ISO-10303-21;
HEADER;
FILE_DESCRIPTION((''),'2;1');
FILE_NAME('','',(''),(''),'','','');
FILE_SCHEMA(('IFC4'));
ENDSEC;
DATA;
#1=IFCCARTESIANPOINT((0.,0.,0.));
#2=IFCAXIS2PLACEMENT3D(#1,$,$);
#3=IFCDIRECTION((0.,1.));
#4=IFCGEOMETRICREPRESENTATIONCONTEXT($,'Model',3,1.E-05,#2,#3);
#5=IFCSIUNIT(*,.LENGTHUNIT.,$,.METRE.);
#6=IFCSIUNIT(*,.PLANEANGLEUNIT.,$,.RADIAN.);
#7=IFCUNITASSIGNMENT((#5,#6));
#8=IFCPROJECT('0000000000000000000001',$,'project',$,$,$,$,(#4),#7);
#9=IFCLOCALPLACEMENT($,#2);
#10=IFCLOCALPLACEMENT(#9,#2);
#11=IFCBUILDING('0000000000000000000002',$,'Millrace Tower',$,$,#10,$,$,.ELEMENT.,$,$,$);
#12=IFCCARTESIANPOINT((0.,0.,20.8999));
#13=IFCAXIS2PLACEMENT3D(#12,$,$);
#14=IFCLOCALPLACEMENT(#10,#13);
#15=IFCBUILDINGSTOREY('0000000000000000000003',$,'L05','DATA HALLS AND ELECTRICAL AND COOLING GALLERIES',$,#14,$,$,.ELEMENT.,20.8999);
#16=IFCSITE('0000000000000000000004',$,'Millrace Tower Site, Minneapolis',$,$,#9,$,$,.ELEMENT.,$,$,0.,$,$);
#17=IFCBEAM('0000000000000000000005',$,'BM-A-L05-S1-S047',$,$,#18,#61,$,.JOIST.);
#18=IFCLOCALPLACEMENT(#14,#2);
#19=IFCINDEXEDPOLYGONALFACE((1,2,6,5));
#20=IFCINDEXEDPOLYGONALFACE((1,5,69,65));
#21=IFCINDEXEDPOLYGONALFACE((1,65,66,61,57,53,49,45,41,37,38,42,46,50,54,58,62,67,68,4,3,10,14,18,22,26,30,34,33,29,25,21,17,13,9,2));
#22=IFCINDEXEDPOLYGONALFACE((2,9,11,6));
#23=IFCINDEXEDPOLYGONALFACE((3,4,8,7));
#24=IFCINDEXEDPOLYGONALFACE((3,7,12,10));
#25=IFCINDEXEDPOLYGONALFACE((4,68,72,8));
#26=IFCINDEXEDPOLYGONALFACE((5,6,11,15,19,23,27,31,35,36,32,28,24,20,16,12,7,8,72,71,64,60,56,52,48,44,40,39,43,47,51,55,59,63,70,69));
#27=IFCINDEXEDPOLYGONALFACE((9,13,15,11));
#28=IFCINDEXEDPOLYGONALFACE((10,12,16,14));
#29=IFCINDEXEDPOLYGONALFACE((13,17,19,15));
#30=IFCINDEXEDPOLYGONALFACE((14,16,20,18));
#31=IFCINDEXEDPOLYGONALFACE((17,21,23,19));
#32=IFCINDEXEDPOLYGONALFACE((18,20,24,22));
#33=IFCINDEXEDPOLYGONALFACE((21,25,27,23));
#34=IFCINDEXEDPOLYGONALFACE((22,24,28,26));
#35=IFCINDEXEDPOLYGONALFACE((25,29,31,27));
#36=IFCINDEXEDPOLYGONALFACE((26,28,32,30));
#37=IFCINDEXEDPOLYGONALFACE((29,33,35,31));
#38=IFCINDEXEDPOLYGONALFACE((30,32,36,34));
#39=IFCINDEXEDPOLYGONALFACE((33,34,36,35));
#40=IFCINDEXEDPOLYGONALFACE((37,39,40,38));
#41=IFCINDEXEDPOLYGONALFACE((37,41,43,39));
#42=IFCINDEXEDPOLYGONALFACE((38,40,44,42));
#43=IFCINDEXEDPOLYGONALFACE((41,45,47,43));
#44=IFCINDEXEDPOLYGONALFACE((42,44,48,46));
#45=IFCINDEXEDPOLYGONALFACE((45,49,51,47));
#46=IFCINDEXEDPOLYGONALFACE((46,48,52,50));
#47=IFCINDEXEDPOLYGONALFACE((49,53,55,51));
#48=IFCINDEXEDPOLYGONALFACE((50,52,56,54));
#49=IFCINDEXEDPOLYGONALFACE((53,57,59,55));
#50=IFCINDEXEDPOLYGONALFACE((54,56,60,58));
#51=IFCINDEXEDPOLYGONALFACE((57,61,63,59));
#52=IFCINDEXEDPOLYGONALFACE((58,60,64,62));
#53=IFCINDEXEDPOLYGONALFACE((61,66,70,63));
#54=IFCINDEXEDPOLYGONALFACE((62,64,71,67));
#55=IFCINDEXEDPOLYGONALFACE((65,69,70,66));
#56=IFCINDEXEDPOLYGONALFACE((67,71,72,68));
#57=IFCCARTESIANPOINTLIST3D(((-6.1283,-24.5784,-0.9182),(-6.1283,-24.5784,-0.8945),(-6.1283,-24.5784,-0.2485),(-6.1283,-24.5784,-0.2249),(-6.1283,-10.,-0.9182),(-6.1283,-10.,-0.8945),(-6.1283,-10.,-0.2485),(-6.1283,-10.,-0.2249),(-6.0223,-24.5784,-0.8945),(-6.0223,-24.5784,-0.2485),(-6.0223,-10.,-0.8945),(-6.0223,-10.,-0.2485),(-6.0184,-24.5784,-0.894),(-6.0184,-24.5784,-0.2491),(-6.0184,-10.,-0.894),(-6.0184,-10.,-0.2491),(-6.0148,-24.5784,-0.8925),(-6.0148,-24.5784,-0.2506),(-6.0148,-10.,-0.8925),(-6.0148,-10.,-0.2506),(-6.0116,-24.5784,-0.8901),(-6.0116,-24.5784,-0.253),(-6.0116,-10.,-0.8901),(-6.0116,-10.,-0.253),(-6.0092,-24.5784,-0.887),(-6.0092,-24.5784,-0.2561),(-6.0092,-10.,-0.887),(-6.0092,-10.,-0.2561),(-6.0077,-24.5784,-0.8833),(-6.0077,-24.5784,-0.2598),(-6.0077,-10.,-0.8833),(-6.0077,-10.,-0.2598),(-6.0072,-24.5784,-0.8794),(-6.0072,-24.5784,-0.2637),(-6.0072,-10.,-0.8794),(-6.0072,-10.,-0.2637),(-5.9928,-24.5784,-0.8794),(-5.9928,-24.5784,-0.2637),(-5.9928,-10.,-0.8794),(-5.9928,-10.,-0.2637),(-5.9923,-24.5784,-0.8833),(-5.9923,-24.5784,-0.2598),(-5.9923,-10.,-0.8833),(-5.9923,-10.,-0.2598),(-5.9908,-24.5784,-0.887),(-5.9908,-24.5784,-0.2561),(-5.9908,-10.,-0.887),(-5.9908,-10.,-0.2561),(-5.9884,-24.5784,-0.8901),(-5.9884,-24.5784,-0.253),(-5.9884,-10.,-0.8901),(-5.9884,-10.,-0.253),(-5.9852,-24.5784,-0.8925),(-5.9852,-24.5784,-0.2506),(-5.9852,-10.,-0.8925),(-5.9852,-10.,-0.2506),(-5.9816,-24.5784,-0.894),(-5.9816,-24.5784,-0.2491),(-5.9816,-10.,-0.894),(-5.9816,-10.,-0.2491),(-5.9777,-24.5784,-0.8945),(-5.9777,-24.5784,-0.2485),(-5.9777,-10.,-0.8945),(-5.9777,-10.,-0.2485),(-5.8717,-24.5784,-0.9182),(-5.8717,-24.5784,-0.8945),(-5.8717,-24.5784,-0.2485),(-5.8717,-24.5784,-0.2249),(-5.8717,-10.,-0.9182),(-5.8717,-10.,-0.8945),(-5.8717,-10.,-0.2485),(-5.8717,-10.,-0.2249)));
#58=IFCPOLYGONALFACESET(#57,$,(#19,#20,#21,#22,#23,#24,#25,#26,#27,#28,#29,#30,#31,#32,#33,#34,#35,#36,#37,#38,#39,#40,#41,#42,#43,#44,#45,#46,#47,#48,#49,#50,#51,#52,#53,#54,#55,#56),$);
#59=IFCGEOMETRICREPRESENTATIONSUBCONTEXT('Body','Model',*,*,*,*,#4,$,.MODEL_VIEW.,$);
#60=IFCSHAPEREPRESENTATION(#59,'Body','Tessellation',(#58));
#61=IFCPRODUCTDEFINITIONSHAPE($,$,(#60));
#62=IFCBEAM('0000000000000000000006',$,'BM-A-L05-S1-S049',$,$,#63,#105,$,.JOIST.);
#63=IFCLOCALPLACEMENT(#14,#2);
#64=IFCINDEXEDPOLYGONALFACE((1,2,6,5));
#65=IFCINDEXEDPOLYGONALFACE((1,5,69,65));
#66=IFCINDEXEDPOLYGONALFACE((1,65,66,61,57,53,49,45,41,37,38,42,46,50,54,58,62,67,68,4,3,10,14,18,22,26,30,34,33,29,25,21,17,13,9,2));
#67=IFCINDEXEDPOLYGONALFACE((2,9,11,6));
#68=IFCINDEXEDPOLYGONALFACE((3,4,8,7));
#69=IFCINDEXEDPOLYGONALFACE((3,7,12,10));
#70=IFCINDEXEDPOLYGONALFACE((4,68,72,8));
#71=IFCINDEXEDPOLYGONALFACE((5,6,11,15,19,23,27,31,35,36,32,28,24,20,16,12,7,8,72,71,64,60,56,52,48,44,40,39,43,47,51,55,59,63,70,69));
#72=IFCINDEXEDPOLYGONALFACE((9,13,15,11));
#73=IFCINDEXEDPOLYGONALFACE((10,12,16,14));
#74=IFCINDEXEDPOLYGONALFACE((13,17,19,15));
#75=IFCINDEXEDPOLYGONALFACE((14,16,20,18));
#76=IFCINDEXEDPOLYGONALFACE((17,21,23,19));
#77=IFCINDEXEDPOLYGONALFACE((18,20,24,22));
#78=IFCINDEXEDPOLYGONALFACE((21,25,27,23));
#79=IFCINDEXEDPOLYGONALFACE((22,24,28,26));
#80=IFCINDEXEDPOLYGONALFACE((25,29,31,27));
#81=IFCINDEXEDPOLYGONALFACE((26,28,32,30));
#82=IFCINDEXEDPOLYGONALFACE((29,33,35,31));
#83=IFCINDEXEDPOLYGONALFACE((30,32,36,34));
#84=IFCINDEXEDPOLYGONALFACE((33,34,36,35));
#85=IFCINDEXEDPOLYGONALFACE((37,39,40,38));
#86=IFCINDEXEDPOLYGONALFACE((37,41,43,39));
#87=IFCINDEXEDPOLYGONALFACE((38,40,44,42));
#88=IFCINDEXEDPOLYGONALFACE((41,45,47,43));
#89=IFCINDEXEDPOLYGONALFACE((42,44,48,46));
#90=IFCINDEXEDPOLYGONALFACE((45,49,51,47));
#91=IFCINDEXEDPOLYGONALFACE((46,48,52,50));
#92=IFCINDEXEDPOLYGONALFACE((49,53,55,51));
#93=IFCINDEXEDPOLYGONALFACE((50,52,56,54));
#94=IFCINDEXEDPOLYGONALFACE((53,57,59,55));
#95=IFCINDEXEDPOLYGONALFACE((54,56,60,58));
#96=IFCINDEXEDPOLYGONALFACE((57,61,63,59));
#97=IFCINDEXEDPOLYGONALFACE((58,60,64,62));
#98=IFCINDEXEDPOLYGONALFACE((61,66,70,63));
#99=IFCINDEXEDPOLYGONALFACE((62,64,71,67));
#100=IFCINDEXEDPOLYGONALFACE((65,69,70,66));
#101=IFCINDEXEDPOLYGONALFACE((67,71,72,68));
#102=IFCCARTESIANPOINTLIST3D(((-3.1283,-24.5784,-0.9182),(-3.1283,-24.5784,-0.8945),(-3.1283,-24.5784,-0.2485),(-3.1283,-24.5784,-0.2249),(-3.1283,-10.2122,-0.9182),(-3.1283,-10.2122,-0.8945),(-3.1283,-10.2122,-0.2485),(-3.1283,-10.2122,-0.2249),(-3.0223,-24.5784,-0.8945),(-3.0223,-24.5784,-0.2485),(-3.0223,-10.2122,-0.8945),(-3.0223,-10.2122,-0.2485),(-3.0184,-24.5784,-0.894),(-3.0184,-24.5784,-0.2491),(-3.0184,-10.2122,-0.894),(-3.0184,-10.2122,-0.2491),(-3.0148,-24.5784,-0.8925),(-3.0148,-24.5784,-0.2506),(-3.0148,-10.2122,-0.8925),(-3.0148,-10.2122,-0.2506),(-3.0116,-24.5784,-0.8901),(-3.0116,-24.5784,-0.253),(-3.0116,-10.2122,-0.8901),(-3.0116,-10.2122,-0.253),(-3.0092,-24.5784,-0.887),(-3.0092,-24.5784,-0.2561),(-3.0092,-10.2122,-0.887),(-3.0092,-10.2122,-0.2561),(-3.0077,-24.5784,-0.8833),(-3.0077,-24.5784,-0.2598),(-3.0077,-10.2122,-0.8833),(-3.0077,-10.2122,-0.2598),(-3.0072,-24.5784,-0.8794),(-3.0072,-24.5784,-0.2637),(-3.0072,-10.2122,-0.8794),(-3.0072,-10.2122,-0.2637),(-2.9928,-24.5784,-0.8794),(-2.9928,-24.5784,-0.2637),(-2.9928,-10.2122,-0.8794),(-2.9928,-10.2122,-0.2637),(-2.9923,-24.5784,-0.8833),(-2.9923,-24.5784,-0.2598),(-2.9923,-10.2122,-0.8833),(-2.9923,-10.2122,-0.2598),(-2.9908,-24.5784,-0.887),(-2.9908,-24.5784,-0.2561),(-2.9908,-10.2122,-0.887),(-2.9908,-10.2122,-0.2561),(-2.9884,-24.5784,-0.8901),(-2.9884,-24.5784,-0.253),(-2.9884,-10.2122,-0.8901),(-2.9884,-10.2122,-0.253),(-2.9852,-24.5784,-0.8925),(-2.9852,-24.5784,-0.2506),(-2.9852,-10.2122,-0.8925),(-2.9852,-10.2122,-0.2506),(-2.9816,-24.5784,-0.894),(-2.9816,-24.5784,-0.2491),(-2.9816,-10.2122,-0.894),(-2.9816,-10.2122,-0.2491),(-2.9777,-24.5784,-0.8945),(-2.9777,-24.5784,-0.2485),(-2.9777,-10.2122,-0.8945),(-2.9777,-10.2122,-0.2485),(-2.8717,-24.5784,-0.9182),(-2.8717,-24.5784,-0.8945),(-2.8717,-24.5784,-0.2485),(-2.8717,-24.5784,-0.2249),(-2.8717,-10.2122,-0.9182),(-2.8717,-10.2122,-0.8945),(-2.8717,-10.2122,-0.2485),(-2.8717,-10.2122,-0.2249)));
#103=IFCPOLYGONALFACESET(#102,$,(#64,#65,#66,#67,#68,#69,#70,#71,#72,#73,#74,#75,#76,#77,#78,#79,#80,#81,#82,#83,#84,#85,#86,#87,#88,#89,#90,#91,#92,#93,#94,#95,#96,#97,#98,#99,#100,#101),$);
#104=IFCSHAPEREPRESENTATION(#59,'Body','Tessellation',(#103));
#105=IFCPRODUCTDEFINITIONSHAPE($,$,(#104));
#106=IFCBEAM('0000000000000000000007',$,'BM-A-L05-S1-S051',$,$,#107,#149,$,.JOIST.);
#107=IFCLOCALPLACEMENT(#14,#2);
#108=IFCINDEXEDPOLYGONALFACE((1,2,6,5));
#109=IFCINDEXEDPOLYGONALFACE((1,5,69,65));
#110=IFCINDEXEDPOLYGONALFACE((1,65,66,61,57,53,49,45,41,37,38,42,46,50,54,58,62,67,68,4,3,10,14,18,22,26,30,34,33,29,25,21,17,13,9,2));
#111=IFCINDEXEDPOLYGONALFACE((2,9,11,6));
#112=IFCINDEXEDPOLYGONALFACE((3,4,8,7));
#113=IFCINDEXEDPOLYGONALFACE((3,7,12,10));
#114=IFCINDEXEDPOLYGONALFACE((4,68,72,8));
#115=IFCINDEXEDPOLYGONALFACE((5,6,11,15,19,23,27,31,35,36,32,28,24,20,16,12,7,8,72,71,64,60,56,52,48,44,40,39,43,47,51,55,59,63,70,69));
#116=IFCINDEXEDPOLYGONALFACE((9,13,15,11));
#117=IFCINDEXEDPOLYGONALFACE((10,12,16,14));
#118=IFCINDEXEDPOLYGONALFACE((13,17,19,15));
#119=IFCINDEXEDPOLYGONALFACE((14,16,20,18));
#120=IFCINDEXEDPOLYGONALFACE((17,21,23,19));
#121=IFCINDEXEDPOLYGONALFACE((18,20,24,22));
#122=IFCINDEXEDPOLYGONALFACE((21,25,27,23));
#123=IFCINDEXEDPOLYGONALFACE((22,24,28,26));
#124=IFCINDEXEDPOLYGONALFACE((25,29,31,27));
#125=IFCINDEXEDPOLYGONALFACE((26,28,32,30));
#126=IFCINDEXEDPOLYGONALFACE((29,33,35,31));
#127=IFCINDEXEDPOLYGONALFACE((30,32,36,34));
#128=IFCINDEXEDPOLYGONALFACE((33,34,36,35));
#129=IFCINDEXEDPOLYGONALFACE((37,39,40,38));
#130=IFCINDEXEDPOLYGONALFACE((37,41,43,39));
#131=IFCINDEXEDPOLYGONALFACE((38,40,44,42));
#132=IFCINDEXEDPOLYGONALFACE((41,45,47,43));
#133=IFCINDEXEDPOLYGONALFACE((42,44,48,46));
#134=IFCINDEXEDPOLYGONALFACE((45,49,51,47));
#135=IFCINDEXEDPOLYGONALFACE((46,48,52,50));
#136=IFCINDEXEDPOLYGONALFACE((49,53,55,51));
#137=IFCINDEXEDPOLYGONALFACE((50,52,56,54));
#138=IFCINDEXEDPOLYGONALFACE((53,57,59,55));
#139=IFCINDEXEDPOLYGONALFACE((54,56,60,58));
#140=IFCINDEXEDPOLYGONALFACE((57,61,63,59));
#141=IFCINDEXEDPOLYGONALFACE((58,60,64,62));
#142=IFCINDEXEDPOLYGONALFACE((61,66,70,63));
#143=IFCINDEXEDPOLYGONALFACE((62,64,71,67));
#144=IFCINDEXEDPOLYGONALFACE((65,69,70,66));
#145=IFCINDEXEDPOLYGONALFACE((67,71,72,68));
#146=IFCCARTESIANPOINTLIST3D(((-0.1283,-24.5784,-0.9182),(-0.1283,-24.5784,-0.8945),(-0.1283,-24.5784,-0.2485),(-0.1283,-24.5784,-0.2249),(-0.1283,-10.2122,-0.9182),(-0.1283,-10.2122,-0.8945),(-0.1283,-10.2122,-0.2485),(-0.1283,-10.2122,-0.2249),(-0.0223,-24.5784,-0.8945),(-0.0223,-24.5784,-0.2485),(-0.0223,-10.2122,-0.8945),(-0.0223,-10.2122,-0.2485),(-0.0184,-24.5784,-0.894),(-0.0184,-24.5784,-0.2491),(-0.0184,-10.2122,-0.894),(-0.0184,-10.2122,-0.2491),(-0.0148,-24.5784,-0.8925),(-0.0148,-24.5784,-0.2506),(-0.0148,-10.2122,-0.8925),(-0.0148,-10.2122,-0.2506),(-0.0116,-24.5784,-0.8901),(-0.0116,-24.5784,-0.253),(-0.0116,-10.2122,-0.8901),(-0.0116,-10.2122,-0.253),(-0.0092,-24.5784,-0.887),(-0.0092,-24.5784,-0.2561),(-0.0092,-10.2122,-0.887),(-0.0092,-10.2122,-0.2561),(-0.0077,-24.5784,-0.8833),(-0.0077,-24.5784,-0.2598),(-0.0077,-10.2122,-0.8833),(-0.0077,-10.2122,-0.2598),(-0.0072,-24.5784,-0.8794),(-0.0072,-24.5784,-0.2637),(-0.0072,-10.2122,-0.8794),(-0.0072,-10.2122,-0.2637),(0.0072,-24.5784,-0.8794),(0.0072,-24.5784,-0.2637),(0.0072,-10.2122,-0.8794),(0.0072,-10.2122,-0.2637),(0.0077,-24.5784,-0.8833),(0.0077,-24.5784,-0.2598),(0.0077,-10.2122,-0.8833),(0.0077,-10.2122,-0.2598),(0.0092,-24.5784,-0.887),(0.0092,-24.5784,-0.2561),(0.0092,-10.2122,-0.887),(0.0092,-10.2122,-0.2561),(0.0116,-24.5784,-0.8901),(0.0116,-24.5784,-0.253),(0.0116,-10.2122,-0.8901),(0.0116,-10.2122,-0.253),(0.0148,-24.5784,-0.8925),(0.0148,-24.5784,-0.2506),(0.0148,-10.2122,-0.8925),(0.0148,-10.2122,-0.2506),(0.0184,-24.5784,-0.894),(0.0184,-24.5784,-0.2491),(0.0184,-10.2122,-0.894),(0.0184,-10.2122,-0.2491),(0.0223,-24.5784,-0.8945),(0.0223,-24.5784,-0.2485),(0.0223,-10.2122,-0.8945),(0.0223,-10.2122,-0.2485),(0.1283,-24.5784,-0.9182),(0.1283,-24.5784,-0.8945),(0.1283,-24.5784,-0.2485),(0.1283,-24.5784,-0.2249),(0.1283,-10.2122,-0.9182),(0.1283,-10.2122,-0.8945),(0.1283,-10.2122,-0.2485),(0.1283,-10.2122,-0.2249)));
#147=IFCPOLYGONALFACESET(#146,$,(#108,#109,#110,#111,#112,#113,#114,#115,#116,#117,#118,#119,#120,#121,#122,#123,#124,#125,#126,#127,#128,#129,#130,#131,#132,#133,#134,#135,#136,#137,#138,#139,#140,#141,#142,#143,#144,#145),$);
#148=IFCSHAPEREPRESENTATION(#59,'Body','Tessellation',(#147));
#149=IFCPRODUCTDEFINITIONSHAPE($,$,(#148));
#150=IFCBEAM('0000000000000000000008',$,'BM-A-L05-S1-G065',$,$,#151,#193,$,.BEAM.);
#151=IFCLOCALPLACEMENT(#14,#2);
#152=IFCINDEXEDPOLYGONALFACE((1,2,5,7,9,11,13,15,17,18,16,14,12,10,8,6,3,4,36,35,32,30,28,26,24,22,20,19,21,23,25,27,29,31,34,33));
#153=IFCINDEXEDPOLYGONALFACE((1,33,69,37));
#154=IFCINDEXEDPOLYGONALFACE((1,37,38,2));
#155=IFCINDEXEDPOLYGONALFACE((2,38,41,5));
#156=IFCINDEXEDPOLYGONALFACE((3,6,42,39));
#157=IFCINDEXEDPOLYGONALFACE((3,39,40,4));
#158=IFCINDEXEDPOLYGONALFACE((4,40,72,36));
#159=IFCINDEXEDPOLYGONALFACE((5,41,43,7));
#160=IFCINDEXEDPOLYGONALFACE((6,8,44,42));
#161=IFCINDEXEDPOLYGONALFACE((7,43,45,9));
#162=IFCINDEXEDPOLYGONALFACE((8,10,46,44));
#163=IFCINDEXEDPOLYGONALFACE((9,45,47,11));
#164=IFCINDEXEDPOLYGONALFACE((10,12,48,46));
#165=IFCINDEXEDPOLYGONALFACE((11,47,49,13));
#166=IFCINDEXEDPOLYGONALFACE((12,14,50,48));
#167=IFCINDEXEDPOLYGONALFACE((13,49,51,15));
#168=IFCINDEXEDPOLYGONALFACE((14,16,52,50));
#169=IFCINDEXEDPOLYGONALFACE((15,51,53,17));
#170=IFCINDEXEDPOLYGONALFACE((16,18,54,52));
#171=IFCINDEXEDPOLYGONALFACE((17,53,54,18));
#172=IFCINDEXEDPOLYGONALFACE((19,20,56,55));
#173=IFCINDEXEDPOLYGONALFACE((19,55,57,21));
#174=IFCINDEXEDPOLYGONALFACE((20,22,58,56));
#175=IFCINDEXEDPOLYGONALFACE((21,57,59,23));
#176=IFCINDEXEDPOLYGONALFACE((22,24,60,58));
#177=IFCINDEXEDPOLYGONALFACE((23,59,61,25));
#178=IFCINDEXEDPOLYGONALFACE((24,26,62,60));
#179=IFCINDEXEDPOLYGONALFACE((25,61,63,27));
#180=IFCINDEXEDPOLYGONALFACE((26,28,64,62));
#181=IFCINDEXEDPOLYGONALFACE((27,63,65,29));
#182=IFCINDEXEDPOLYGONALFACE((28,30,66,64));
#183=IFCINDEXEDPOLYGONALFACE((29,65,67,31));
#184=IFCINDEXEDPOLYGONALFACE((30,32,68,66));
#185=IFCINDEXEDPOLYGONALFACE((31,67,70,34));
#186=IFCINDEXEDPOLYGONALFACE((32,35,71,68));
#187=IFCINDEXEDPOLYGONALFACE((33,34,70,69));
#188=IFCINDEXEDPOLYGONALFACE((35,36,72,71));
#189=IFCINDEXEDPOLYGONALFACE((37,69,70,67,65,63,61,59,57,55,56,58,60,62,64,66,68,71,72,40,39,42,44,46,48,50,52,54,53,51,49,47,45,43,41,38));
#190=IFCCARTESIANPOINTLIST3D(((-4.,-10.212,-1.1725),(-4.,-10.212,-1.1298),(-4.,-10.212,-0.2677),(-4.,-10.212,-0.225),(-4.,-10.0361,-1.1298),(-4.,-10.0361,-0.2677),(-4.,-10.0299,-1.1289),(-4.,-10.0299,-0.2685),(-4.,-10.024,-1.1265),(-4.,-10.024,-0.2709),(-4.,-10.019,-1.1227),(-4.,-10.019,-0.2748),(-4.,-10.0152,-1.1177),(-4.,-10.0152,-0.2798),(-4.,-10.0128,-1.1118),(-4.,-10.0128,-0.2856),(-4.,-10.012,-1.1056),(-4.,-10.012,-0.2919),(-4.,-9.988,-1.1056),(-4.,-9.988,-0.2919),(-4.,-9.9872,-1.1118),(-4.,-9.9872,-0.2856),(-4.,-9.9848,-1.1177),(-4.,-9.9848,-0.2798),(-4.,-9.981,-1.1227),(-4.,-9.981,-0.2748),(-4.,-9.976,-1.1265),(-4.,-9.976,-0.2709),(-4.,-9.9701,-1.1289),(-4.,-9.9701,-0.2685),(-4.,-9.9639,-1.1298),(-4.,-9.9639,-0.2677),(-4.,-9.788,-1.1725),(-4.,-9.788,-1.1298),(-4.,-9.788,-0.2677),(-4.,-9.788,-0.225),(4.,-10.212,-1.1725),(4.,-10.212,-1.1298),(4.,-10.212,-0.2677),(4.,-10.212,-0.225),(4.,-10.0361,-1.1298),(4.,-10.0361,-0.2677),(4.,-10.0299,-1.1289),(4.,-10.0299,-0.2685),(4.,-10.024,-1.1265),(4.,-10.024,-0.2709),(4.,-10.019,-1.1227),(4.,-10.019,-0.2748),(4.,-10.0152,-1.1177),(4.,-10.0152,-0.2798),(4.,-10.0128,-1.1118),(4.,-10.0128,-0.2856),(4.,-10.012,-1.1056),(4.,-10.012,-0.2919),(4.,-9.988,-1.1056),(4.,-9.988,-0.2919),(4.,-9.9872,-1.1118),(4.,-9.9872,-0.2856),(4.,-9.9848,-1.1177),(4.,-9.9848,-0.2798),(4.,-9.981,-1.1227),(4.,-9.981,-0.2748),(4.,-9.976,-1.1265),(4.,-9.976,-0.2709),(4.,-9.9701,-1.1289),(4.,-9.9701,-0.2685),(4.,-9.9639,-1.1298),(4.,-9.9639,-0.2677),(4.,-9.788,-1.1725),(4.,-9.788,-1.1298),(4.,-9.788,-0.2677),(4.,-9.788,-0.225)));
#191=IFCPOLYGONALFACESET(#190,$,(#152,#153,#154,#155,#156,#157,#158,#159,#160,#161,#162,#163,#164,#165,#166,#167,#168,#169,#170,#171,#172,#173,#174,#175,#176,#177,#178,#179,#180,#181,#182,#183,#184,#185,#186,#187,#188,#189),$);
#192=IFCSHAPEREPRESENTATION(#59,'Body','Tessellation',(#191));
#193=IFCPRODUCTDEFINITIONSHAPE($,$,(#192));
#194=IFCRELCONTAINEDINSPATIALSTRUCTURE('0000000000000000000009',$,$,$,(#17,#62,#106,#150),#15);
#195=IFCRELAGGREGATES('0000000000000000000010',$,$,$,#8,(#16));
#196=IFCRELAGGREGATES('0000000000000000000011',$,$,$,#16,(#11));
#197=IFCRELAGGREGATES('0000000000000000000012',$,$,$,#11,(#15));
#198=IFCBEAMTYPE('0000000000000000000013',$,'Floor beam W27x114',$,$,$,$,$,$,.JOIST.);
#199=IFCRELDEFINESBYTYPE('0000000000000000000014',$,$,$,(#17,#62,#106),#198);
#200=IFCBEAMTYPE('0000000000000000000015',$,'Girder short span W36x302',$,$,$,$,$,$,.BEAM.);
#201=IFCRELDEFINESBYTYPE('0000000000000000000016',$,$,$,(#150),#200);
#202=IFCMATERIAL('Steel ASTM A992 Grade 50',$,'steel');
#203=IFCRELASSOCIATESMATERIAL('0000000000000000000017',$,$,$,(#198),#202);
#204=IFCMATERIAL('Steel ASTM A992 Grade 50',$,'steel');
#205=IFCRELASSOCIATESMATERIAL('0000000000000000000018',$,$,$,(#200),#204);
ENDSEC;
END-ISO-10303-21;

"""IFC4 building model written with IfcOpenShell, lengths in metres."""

from ifc_helpers import new_model, si_unit, direction, frame, origin, origin_2d, place, context, subcontext, project, spatial, i_section, extrude, material, material_profile, profile_set, type_object, element, save


model = new_model("IFC4")

# Units and contexts
model_context = context("Model", 3, precision=1e-05, world=origin(), true_north=direction((0.0, 1.0)))
body_context = subcontext(model_context, "Body", "Model", "MODEL_VIEW")
ifc_project = project(units=[si_unit("LENGTHUNIT", "METRE"), si_unit("PLANEANGLEUNIT", "RADIAN")], contexts=[model_context])

# Site, building, storey
site_placement = place(None, origin())
site = spatial("IfcSite", under=ifc_project, at=site_placement, Name="Millrace Tower Site, Minneapolis", CompositionType="ELEMENT", RefElevation=0.0)
building_placement = place(site_placement, origin())
building = spatial("IfcBuilding", under=site, at=building_placement, Name="Millrace Tower", CompositionType="ELEMENT")
storey_placement = place(building_placement, frame((0.0, 0.0, 20.8999)))
storey = spatial("IfcBuildingStorey", under=building, at=storey_placement, Name="L05", Description="DATA HALLS AND ELECTRICAL AND COOLING GALLERIES", CompositionType="ELEMENT", Elevation=20.8999)

# Beams
ifc_material_1 = material(Name="Steel ASTM A992 Grade 50", Category="steel")
ifc_material_profile_1 = material_profile(ifc_material_1, i_section(OverallWidth=0.2566, OverallDepth=0.6934, WebThickness=0.0144, FlangeThickness=0.0237, FilletRadius=0.0151, at=origin_2d()))
ifc_profile_set_1 = profile_set([ifc_material_profile_1], Name="Steel ASTM A992 Grade 50")
beam_type_1 = type_object("IfcBeamType", Name="Floor beam W27x114", PredefinedType="JOIST", material=ifc_profile_set_1)
for number, where, z_axis, x_axis, name in (
    (1, (-6.0, -24.5784, -0.5715), (0.0, 1.0, 0.0), (-1.0, 0.0, 0.0), "BM-A-L05-S1-S047"),
):
    element("IfcBeam", number, at=place(storey_placement, frame(where, z_axis=z_axis, x_axis=x_axis)), inside=storey, type_object=beam_type_1, Name=name, PredefinedType="JOIST", context=body_context, shape_type="SweptSolid", body=[
        extrude(i_section(OverallWidth=0.2566, OverallDepth=0.6934, WebThickness=0.0144, FlangeThickness=0.0237, FilletRadius=0.0151, at=origin_2d()), origin(), (0.0, 0.0, 1.0), 14.5784),
    ])
for number, where, z_axis, x_axis, name in (
    (2, (-3.0, -24.5784, -0.5715), (0.0, 1.0, 0.0), (-1.0, 0.0, 0.0), "BM-A-L05-S1-S049"),
    (3, (0.0, -24.5784, -0.5715), (0.0, 1.0, 0.0), (-1.0, 0.0, 0.0), "BM-A-L05-S1-S051"),
):
    element("IfcBeam", number, at=place(storey_placement, frame(where, z_axis=z_axis, x_axis=x_axis)), inside=storey, type_object=beam_type_1, Name=name, PredefinedType="JOIST", context=body_context, shape_type="SweptSolid", body=[
        extrude(i_section(OverallWidth=0.2566, OverallDepth=0.6934, WebThickness=0.0144, FlangeThickness=0.0237, FilletRadius=0.0151, at=origin_2d()), origin(), (0.0, 0.0, 1.0), 14.3662),
    ])
ifc_material_2 = material(Name="Steel ASTM A992 Grade 50", Category="steel")
ifc_material_profile_2 = material_profile(ifc_material_2, i_section(OverallWidth=0.4241, OverallDepth=0.9475, WebThickness=0.0239, FlangeThickness=0.0427, FilletRadius=0.0242, at=origin_2d()))
ifc_profile_set_2 = profile_set([ifc_material_profile_2], Name="Steel ASTM A992 Grade 50")
beam_type_2 = type_object("IfcBeamType", Name="Girder short span W36x302", PredefinedType="BEAM", material=ifc_profile_set_2)
beam_1_placement = place(storey_placement, frame((-4.0, -10.0, -0.6987), z_axis=(1.0, 0.0, 0.0), x_axis=(0.0, 1.0, 0.0)))
element("IfcBeam", 4, at=beam_1_placement, inside=storey, type_object=beam_type_2, Name="BM-A-L05-S1-G065", PredefinedType="BEAM", context=body_context, shape_type="SweptSolid", body=[
    extrude(i_section(OverallWidth=0.4241, OverallDepth=0.9475, WebThickness=0.0239, FlangeThickness=0.0427, FilletRadius=0.0242, at=origin_2d()), origin(), (0.0, 0.0, 1.0), 8.0),
])

save(model, "model.ifc")
